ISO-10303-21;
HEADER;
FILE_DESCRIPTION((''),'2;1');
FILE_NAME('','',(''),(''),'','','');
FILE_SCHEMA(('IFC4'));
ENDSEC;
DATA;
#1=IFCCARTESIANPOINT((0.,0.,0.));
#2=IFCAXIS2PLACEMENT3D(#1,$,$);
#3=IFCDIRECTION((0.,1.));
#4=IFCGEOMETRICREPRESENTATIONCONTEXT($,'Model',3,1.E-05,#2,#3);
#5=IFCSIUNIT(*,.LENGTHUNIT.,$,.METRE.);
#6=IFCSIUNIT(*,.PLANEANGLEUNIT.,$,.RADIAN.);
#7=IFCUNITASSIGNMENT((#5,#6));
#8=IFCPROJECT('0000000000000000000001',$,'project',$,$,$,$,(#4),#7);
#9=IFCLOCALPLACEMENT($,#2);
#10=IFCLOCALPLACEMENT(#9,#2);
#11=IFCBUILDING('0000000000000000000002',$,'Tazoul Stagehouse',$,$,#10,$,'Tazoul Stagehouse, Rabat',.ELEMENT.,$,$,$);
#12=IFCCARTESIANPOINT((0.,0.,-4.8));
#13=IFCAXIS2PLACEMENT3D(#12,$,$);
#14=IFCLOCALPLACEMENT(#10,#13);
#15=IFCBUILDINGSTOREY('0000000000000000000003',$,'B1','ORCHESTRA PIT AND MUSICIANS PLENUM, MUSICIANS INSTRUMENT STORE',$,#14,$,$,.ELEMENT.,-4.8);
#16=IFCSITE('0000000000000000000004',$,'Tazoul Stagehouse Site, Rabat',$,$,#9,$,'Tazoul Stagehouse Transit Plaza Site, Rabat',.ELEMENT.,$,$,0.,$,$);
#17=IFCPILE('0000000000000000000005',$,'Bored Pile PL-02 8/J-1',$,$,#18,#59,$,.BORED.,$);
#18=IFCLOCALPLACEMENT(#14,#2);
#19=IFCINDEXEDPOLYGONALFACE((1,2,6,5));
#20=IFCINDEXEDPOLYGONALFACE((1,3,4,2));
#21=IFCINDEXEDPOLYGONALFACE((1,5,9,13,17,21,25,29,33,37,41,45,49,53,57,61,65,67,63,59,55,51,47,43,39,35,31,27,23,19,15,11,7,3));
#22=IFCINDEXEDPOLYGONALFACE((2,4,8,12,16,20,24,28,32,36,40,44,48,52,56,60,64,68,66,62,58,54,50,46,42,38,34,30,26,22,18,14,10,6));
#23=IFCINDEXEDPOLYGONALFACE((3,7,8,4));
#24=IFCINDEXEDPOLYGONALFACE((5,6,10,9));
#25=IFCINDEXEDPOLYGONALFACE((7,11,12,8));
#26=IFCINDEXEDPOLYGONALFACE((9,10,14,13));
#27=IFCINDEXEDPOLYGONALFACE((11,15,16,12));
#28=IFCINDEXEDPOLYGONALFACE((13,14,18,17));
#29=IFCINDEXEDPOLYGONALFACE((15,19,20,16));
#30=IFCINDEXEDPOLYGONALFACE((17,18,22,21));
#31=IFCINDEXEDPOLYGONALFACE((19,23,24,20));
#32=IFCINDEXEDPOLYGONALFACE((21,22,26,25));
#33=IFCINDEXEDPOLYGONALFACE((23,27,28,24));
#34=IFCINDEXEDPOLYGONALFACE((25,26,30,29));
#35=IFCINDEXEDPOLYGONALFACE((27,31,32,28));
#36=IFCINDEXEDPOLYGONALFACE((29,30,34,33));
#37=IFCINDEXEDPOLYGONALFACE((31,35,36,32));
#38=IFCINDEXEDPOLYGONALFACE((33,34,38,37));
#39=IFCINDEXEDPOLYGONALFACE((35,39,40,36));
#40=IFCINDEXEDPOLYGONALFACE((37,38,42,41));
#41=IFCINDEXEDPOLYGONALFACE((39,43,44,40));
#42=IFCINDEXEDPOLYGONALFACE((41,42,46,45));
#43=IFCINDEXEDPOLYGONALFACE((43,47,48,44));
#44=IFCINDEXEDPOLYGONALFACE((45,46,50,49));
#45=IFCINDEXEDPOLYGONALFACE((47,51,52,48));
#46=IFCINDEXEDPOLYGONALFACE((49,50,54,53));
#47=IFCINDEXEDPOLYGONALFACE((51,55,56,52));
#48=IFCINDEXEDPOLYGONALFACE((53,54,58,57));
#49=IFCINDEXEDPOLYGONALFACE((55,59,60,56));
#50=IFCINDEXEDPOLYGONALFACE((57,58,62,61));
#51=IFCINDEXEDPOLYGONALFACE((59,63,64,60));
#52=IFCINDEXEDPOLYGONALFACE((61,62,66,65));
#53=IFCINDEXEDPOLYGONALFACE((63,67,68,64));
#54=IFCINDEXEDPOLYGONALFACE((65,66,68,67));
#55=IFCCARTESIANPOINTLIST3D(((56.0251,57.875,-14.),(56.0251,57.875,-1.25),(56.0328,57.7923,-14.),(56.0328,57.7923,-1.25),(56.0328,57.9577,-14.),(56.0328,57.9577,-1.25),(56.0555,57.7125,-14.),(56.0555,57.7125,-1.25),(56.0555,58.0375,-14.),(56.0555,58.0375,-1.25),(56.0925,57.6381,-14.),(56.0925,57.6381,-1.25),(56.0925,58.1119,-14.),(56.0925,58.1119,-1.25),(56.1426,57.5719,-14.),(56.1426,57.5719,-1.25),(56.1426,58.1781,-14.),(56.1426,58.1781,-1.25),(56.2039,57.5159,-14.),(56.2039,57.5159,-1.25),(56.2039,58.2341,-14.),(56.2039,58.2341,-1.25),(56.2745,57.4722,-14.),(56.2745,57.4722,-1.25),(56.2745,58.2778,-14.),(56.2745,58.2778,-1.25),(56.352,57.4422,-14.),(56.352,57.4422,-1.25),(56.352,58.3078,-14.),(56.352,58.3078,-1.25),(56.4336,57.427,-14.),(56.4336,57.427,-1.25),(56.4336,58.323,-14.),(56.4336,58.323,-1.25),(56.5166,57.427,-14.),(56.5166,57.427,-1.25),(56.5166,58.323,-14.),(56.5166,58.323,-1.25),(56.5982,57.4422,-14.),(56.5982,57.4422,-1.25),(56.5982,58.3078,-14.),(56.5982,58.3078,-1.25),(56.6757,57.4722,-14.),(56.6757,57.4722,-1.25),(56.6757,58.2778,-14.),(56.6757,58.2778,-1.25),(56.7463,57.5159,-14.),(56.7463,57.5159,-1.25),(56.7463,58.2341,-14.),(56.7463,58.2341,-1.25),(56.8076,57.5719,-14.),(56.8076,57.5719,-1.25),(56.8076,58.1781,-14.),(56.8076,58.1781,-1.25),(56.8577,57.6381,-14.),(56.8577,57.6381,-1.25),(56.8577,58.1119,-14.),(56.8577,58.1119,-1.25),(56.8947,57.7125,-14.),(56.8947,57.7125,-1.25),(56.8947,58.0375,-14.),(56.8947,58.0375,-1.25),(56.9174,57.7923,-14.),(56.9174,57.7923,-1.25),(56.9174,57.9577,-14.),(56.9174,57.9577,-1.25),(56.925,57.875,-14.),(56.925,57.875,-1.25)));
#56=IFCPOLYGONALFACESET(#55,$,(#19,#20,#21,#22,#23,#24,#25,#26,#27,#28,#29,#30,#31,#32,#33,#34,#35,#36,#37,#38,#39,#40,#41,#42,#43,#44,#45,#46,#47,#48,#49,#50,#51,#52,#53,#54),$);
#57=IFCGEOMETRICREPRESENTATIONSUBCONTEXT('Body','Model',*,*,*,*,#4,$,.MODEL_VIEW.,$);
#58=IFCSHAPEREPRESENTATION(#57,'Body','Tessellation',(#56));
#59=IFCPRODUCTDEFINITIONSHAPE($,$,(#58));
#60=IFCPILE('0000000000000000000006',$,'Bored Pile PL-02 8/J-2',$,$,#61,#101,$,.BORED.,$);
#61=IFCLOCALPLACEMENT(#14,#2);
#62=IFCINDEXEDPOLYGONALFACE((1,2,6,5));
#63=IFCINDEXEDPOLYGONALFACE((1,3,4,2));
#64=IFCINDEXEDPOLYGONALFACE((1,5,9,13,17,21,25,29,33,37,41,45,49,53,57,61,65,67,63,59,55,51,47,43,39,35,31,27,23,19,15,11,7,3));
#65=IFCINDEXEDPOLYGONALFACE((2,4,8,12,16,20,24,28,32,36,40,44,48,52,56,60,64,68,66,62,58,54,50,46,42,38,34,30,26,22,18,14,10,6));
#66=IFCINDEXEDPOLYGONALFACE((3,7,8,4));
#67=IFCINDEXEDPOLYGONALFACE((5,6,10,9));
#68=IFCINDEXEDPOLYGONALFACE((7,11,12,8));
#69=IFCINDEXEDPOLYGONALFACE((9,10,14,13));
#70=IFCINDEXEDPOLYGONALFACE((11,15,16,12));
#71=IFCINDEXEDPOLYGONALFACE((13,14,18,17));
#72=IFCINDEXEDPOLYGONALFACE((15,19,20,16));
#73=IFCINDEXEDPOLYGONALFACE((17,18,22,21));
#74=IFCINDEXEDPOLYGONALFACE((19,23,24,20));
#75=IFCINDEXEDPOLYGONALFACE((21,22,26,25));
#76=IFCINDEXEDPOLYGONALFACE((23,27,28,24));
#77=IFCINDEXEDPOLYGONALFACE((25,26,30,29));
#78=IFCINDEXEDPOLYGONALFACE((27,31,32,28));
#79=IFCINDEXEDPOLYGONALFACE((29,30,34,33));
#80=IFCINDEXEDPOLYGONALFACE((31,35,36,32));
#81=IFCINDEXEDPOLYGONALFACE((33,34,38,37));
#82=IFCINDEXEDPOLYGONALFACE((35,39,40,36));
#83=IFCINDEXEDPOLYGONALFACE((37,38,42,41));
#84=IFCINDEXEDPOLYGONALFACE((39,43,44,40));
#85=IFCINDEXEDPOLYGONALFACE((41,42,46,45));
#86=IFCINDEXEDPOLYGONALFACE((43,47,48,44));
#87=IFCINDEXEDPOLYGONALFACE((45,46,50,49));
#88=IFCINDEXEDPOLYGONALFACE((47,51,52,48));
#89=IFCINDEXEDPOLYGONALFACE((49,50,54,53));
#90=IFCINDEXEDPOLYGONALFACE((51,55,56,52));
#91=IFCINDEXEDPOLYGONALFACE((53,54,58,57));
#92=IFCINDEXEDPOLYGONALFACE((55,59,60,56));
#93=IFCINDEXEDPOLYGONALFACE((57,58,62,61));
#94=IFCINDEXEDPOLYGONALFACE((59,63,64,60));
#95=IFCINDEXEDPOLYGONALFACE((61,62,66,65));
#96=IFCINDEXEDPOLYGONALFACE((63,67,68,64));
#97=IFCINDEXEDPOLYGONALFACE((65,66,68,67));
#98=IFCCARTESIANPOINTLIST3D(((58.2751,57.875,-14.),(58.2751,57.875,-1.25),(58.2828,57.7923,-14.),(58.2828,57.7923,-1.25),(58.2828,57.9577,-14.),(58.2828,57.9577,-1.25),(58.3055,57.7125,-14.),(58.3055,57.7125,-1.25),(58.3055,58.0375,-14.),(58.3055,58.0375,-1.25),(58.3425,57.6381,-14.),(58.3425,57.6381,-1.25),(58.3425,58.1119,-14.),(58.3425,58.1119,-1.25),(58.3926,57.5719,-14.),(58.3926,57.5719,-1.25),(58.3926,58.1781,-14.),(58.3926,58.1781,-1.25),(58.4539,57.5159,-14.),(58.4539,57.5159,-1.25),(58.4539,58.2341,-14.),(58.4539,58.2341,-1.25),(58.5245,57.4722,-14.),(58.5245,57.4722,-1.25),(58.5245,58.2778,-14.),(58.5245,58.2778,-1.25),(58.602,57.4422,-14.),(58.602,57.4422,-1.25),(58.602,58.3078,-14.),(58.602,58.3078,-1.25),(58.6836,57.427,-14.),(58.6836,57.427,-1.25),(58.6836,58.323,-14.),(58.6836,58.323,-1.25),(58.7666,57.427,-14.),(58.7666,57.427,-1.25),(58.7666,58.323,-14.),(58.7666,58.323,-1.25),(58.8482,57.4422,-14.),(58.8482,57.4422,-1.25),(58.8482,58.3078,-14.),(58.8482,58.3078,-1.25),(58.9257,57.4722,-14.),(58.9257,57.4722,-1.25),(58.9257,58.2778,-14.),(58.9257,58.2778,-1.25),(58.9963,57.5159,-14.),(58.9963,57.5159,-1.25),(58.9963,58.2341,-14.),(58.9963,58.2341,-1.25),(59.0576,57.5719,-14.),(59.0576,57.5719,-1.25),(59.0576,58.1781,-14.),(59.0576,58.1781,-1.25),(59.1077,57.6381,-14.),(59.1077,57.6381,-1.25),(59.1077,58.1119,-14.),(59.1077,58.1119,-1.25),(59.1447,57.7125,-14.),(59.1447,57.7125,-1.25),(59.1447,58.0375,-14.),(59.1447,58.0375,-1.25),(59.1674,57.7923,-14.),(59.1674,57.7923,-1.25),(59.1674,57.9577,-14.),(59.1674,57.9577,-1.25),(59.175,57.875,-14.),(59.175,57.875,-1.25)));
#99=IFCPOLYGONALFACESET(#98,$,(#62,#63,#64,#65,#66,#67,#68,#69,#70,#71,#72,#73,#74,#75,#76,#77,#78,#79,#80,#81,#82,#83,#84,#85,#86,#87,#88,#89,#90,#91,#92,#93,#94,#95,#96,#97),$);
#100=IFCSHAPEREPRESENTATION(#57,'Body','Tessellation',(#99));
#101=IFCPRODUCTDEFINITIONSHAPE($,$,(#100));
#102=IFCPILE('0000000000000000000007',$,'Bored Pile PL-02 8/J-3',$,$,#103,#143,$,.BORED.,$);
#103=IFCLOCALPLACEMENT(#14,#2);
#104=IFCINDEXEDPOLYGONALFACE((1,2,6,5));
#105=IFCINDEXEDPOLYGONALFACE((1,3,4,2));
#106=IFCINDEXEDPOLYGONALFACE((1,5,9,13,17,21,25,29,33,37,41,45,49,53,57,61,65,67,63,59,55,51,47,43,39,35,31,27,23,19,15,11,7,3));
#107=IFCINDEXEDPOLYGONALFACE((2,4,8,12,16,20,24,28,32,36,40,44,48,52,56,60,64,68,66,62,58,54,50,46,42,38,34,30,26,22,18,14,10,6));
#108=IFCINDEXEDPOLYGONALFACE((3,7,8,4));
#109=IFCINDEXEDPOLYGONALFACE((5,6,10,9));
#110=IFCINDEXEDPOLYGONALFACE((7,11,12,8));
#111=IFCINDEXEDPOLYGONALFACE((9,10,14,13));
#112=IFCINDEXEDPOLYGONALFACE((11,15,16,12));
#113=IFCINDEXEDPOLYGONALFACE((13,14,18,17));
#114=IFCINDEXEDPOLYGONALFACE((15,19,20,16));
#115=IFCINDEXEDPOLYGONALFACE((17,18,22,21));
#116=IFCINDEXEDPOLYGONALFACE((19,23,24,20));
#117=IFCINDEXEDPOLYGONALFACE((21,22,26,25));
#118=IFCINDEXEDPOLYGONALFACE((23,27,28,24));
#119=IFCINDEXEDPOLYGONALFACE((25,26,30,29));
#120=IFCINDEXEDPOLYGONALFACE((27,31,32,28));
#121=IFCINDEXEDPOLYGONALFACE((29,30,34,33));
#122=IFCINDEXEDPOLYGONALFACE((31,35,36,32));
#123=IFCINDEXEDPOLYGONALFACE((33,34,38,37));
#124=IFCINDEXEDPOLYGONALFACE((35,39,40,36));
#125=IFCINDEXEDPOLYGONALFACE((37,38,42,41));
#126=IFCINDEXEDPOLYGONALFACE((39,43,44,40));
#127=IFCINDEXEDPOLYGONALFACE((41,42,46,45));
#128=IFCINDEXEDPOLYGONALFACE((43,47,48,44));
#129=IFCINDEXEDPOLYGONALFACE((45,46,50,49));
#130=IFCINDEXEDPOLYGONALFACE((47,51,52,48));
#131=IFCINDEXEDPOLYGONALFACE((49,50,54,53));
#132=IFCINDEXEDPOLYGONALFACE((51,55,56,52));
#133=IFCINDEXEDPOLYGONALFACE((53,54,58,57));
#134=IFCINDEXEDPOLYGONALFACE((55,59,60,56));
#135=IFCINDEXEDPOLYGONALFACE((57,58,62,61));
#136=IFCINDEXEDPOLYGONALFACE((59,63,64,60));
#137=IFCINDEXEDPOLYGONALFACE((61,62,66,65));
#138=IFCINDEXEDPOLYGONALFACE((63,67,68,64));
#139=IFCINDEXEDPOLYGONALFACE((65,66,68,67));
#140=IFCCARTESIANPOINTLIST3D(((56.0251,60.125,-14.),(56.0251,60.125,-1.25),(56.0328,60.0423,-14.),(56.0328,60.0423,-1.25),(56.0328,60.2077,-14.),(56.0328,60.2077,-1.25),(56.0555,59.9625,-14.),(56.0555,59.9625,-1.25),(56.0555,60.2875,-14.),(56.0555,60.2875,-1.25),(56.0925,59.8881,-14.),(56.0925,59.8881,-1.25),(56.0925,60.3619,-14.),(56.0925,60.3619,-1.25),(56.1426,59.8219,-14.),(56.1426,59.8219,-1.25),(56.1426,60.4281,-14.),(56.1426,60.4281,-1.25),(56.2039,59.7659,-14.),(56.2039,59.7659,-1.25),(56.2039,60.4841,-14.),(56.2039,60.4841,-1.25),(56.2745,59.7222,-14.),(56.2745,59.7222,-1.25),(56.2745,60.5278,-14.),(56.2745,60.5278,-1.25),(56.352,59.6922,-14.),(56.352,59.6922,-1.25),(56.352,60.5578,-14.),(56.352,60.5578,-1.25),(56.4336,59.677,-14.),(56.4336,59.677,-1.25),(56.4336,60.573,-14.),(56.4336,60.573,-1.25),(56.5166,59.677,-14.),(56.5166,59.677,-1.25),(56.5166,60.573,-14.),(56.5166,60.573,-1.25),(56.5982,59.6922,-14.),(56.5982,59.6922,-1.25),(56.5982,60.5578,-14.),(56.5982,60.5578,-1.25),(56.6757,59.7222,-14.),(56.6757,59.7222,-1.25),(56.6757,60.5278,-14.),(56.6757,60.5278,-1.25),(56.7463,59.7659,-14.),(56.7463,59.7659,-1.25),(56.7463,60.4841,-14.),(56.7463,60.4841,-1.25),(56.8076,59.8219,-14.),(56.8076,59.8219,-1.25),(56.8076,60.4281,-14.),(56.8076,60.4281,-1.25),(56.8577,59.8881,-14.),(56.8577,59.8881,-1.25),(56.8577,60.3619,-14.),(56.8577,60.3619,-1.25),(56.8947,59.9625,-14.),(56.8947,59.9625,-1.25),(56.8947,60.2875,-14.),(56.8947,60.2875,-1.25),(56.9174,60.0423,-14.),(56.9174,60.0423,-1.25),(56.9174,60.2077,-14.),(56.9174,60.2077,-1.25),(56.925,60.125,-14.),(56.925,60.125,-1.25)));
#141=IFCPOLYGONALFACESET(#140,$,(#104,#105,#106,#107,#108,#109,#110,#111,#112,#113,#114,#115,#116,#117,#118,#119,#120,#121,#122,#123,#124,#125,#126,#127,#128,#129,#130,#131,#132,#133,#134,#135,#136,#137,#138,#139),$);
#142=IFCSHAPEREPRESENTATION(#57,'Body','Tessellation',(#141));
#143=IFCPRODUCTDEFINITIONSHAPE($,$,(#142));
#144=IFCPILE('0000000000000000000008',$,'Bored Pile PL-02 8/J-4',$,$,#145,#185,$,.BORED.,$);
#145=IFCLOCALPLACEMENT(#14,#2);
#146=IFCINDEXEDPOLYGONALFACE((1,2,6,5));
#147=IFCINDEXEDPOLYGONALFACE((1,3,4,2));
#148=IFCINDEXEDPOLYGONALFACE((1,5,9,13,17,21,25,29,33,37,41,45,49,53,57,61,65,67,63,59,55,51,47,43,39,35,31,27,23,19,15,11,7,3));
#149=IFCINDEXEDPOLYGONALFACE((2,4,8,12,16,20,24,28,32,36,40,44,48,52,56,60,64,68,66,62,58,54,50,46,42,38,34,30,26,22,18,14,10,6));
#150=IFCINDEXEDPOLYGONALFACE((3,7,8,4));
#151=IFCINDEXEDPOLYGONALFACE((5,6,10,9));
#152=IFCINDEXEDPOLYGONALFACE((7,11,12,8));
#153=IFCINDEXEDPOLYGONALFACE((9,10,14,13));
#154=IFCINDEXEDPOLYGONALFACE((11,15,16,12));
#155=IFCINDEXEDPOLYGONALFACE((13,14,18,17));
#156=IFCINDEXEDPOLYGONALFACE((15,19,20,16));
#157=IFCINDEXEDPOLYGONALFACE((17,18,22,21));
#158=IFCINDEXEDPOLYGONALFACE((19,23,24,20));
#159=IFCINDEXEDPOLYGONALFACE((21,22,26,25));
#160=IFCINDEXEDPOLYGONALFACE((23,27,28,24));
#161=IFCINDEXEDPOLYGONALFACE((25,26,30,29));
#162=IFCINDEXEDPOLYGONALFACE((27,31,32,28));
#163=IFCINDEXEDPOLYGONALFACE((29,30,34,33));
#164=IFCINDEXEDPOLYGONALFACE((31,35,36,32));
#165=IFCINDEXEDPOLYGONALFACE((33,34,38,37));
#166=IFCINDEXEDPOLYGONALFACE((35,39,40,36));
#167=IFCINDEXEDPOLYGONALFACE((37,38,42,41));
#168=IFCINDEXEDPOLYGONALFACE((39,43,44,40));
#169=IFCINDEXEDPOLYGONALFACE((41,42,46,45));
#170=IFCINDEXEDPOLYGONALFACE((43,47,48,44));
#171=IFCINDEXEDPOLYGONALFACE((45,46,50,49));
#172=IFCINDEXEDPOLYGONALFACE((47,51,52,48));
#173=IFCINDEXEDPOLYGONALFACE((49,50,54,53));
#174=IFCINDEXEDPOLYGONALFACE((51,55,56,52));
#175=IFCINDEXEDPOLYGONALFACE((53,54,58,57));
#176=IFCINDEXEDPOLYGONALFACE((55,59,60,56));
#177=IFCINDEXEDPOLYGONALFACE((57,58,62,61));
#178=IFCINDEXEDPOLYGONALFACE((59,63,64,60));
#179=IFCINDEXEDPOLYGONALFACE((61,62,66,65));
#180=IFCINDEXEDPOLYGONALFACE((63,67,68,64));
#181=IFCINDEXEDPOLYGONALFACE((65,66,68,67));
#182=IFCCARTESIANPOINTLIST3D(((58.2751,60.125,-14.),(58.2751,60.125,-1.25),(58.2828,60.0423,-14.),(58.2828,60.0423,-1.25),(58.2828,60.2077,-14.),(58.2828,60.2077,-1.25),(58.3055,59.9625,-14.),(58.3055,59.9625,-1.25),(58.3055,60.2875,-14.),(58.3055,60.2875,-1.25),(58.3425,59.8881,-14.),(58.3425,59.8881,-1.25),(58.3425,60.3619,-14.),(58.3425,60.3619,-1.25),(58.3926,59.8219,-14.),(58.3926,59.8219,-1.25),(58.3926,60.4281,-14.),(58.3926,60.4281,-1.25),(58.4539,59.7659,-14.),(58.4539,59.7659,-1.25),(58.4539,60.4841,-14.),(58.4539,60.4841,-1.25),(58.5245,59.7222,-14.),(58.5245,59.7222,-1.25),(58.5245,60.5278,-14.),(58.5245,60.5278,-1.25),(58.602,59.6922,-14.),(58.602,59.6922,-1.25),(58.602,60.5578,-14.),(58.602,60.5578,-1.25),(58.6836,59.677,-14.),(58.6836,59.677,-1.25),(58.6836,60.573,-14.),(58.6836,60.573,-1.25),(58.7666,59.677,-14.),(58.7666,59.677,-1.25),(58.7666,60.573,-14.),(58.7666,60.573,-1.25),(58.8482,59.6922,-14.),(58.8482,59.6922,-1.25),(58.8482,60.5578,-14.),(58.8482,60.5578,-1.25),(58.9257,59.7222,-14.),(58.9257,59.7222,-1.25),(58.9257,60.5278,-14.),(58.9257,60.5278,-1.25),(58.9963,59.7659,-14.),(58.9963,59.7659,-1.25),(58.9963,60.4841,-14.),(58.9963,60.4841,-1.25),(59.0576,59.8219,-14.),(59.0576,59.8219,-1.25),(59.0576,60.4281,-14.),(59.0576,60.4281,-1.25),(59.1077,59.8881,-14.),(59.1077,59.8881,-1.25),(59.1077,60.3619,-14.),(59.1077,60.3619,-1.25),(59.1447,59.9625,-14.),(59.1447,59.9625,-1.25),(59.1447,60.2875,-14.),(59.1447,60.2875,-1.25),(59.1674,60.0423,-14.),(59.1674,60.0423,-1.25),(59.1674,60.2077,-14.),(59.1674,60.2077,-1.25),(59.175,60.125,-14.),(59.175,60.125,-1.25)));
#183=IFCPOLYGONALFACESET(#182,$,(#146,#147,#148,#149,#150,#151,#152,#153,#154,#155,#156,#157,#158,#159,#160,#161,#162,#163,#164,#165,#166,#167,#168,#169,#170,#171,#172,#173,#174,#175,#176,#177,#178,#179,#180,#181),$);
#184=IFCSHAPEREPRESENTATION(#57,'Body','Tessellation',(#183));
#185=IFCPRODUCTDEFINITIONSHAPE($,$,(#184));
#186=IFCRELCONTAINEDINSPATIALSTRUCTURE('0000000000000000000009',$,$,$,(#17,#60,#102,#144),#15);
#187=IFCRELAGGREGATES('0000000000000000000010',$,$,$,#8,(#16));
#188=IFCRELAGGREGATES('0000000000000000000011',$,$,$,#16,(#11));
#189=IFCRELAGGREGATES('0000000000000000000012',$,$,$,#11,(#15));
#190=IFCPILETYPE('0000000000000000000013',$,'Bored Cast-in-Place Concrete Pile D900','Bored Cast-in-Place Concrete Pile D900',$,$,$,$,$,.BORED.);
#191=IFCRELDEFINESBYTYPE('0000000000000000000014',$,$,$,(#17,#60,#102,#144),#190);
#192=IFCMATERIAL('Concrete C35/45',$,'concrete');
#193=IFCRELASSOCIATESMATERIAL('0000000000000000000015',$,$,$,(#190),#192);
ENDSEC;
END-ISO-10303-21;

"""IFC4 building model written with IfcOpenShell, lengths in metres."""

from ifc_helpers import new_model, si_unit, direction, frame, origin, origin_2d, place, context, subcontext, project, spatial, circle, extrude, material, material_profile, profile_set, type_object, element, save


model = new_model("IFC4")

# Units and contexts
model_context = context("Model", 3, precision=1e-05, world=origin(), true_north=direction((0.0, 1.0)))
body_context = subcontext(model_context, "Body", "Model", "MODEL_VIEW")
ifc_project = project(units=[si_unit("LENGTHUNIT", "METRE"), si_unit("PLANEANGLEUNIT", "RADIAN")], contexts=[model_context])

# Site, building, storey
site_placement = place(None, origin())
site = spatial("IfcSite", under=ifc_project, at=site_placement, Name="Tazoul Stagehouse Site, Rabat", LongName="Tazoul Stagehouse Transit Plaza Site, Rabat", CompositionType="ELEMENT", RefElevation=0.0)
building_placement = place(site_placement, origin())
building = spatial("IfcBuilding", under=site, at=building_placement, Name="Tazoul Stagehouse", LongName="Tazoul Stagehouse, Rabat", CompositionType="ELEMENT")
storey_placement = place(building_placement, frame((0.0, 0.0, -4.8)))
storey = spatial("IfcBuildingStorey", under=building, at=storey_placement, Name="B1", Description="ORCHESTRA PIT AND MUSICIANS PLENUM, MUSICIANS INSTRUMENT STORE", CompositionType="ELEMENT", Elevation=-4.8)

# Piles
ifc_material_1 = material(Name="Concrete C35/45", Category="concrete")
ifc_material_profile_1 = material_profile(ifc_material_1, circle(Radius=0.45, at=origin_2d()), Name="BORED PILE 900")
ifc_profile_set_1 = profile_set([ifc_material_profile_1], Name="Concrete C35/45")
pile_type = type_object("IfcPileType", Name="Bored Cast-in-Place Concrete Pile D900", Description="Bored Cast-in-Place Concrete Pile D900", PredefinedType="BORED", material=ifc_profile_set_1)
for number, where, z_axis, x_axis, name in (
    (1, (56.4751, 57.875, -1.25), (0.0, 0.0, -1.0), (1.0, 0.0, 0.0), "Bored Pile PL-02 8/J-1"),
    (2, (58.7251, 57.875, -1.25), (0.0, 0.0, -1.0), (1.0, 0.0, 0.0), "Bored Pile PL-02 8/J-2"),
    (3, (56.4751, 60.125, -1.25), (0.0, 0.0, -1.0), (1.0, 0.0, 0.0), "Bored Pile PL-02 8/J-3"),
    (4, (58.7251, 60.125, -1.25), (0.0, 0.0, -1.0), (1.0, 0.0, 0.0), "Bored Pile PL-02 8/J-4"),
):
    element("IfcPile", number, at=place(storey_placement, frame(where, z_axis=z_axis, x_axis=x_axis)), inside=storey, type_object=pile_type, Name=name, PredefinedType="BORED", context=body_context, shape_type="SweptSolid", body=[
        extrude(circle(Radius=0.45, at=origin_2d()), origin(), (0.0, 0.0, 1.0), 12.75),
    ])

save(model, "model.ifc")
